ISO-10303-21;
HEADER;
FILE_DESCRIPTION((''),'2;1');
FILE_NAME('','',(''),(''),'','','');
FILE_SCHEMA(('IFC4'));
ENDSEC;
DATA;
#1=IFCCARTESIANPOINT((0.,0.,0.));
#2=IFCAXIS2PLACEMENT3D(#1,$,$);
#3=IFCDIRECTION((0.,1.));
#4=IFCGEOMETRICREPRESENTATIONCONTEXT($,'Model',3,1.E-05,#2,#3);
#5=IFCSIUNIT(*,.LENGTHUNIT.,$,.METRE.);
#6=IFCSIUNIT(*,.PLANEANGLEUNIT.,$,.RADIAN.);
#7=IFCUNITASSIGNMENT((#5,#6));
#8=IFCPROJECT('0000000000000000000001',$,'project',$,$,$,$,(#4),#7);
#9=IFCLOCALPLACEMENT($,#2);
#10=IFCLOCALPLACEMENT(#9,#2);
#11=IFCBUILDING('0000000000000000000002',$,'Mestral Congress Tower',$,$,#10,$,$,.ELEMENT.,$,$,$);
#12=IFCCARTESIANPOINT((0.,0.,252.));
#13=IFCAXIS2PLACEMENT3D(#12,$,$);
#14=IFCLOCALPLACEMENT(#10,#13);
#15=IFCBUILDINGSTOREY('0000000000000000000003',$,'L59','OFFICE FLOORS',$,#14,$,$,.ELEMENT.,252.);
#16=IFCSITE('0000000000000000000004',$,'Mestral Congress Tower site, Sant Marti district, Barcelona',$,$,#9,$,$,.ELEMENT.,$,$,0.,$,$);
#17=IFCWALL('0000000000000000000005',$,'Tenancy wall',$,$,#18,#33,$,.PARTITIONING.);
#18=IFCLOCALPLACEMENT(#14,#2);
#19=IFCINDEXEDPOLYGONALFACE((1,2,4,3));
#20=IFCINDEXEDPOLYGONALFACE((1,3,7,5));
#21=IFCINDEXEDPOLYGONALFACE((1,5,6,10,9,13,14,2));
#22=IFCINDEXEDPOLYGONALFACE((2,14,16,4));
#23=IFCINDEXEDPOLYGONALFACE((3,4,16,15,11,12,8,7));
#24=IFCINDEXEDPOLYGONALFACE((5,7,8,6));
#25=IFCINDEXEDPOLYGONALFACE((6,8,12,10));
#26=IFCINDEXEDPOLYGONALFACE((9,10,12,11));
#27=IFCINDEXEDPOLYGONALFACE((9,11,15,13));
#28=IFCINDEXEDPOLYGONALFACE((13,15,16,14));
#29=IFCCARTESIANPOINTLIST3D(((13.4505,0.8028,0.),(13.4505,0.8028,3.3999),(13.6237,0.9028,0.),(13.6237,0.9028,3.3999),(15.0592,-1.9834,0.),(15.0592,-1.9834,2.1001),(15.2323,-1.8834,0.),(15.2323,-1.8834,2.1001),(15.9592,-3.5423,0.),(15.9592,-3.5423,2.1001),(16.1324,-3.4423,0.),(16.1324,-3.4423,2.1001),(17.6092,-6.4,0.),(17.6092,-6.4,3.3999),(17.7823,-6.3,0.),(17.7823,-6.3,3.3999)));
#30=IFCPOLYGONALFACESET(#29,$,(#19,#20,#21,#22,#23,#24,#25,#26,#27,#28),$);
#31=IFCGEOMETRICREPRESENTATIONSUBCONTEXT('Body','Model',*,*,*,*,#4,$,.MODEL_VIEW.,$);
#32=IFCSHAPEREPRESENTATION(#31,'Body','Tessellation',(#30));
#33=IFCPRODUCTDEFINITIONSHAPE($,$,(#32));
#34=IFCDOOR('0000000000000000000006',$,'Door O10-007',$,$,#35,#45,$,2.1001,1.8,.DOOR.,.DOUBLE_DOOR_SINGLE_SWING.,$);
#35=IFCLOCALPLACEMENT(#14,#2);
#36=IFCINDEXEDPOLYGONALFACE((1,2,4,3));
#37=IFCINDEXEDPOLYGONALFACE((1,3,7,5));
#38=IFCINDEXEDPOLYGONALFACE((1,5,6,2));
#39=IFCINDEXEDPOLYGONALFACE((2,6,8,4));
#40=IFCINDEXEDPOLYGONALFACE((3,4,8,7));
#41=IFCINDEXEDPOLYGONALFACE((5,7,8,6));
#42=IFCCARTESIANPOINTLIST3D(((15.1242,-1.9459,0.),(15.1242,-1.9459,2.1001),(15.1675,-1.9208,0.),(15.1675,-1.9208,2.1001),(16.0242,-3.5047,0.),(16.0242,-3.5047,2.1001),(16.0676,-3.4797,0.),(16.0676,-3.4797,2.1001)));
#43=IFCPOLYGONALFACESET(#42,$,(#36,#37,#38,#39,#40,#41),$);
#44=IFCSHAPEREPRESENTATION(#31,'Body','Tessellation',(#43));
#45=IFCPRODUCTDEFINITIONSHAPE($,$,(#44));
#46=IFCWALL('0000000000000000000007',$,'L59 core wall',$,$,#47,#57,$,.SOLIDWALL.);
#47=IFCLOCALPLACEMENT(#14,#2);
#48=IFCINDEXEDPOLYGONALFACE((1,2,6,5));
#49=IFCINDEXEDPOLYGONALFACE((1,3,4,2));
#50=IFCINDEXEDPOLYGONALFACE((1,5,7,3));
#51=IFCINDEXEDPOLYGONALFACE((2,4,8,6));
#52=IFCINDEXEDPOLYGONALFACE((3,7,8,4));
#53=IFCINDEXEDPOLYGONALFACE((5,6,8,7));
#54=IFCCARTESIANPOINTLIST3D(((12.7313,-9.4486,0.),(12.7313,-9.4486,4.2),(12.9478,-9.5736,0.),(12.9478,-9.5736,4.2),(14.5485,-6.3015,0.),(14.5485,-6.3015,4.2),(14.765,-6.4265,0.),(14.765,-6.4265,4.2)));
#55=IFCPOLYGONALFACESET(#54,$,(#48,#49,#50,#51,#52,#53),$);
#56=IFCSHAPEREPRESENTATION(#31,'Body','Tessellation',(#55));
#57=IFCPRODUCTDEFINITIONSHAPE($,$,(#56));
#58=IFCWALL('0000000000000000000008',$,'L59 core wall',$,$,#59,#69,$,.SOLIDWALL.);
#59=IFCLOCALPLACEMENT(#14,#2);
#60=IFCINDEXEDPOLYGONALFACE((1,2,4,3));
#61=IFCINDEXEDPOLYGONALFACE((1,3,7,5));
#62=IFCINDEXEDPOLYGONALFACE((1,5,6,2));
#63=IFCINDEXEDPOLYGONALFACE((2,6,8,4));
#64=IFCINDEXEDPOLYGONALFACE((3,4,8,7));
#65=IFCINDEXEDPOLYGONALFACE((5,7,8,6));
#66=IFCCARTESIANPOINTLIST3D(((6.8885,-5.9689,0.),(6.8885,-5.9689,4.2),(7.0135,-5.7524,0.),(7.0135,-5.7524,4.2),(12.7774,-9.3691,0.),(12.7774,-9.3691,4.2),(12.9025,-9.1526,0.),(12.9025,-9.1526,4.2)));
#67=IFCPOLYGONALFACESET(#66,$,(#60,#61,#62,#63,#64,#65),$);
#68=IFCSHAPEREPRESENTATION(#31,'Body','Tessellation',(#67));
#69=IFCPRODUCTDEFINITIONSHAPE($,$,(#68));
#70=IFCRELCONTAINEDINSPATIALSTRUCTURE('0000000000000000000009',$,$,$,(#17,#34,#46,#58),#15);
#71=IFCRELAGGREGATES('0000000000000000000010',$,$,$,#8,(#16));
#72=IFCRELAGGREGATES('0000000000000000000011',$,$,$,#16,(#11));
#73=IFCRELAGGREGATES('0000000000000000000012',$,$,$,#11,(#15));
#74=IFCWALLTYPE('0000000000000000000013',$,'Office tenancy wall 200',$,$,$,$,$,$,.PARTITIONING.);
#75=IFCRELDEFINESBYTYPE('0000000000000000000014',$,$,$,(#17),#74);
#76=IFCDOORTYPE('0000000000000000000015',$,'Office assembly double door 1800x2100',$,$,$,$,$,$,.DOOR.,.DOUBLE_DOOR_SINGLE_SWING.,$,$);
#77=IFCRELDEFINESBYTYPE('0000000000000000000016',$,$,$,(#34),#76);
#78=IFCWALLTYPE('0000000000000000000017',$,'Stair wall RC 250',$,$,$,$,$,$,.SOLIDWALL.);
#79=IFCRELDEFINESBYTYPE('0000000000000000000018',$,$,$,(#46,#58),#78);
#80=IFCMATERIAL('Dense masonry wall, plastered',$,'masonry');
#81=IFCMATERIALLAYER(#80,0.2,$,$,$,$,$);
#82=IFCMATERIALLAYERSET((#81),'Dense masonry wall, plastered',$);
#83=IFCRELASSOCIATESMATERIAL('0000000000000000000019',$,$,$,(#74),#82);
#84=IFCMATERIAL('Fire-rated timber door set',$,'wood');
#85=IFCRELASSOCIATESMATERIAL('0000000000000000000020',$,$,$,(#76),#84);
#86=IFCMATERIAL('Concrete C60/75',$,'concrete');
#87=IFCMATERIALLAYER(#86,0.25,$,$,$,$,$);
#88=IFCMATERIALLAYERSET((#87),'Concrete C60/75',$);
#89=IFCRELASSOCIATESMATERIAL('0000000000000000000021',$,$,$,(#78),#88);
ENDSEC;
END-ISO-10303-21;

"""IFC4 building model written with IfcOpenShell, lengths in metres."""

from ifc_helpers import new_model, si_unit, direction, frame, frame_2d, origin, place, context, subcontext, project, spatial, rectangle, extrude, material, layer, layer_set, type_object, element, fill, save


model = new_model("IFC4")

# Units and contexts
model_context = context("Model", 3, precision=1e-05, world=origin(), true_north=direction((0.0, 1.0)))
body_context = subcontext(model_context, "Body", "Model", "MODEL_VIEW")
ifc_project = project(units=[si_unit("LENGTHUNIT", "METRE"), si_unit("PLANEANGLEUNIT", "RADIAN")], contexts=[model_context])

# Site, building, storey
site_placement = place(None, origin())
site = spatial("IfcSite", under=ifc_project, at=site_placement, Name="Mestral Congress Tower site, Sant Marti district, Barcelona", CompositionType="ELEMENT", RefElevation=0.0)
building_placement = place(site_placement, origin())
building = spatial("IfcBuilding", under=site, at=building_placement, Name="Mestral Congress Tower", CompositionType="ELEMENT")
storey_placement = place(building_placement, frame((0.0, 0.0, 252.0)))
storey = spatial("IfcBuildingStorey", under=building, at=storey_placement, Name="L59", Description="OFFICE FLOORS", CompositionType="ELEMENT", Elevation=252.0)

# Shared definitions
ifc_material_1 = material(Name="Concrete C60/75", Category="concrete")

# Shared definitions
ifc_material_2 = material(Name="Dense masonry wall, plastered", Category="masonry")
ifc_layer_1 = layer(ifc_material_2, 0.2)
ifc_layer_set_1 = layer_set([ifc_layer_1], Name="Dense masonry wall, plastered")
wall_type_1 = type_object("IfcWallType", Name="Office tenancy wall 200", PredefinedType="PARTITIONING", material=ifc_layer_set_1)

# Wall, opening, door
wall_1_placement = place(storey_placement, frame((17.6958, -6.3501, 0.0), z_axis=(0.0, 0.0, 1.0), x_axis=(-0.50001, 0.86602, 0.0)))
wall_1 = element("IfcWall", 1, at=wall_1_placement, inside=storey, type_object=wall_type_1, Name="Tenancy wall", PredefinedType="PARTITIONING", context=body_context, shape_type="SweptSolid", body=[
    extrude(rectangle(XDim=8.3171, YDim=0.2, at=frame_2d((4.1587, 0.0))), origin(), (0.0, 0.0, 1.0), 3.3999),
])
opening_1_placement = place(wall_1_placement, frame((3.3, 0.0, 0.0)))
opening_1 = element("IfcOpeningElement", 2, at=opening_1_placement, cuts=wall_1, PredefinedType="OPENING", context=body_context, shape_type="SweptSolid", body=[
    extrude(rectangle(XDim=1.8, YDim=2.1001, at=frame_2d((0.8999, 1.05))), frame((0.0, 0.1099, 0.0), z_axis=(0.0, -1.0, 0.0), x_axis=(1.0, 0.0, 0.0)), (0.0, 0.0, 1.0), 0.22),
])
ifc_material_3 = material(Name="Fire-rated timber door set", Category="wood")
door_type_1 = type_object("IfcDoorType", Name="Office assembly double door 1800x2100", OperationType="DOUBLE_DOOR_SINGLE_SWING", PredefinedType="DOOR", material=ifc_material_3)
door_1_placement = place(opening_1_placement, origin())
door_1 = element("IfcDoor", 3, at=door_1_placement, inside=storey, type_object=door_type_1, Name="Door O10-007", OperationType="DOUBLE_DOOR_SINGLE_SWING", OverallHeight=2.1001, OverallWidth=1.8, PredefinedType="DOOR", context=body_context, shape_type="SweptSolid", body=[
    extrude(rectangle(XDim=1.8, YDim=2.1001, at=frame_2d((0.8999, 1.05))), frame((0.0, 0.0249, 0.0), z_axis=(0.0, -1.0, 0.0), x_axis=(1.0, 0.0, 0.0)), (0.0, 0.0, 1.0), 0.05),
])
fill(opening_1, door_1)

# Walls
ifc_layer_2 = layer(ifc_material_1, 0.25)
ifc_layer_set_2 = layer_set([ifc_layer_2], Name="Concrete C60/75")
wall_type_2 = type_object("IfcWallType", Name="Stair wall RC 250", PredefinedType="SOLIDWALL", material=ifc_layer_set_2)
wall_2_placement = place(storey_placement, frame((12.8396, -9.511, 0.0), z_axis=(0.0, 0.0, 1.0), x_axis=(0.500048, 0.865998, 0.0)))
element("IfcWall", 4, at=wall_2_placement, inside=storey, type_object=wall_type_2, Name="L59 core wall", PredefinedType="SOLIDWALL", context=body_context, shape_type="SweptSolid", body=[
    extrude(rectangle(XDim=3.634, YDim=0.25, at=frame_2d((1.8169, 0.0))), origin(), (0.0, 0.0, 1.0), 4.2),
])
wall_3_placement = place(storey_placement, frame((12.8398, -9.2607, 0.0), z_axis=(0.0, 0.0, 1.0), x_axis=(-0.866014, 0.50002, 0.0)))
element("IfcWall", 5, at=wall_3_placement, inside=storey, type_object=wall_type_2, Name="L59 core wall", PredefinedType="SOLIDWALL", context=body_context, shape_type="SweptSolid", body=[
    extrude(rectangle(XDim=6.8, YDim=0.25, at=frame_2d((3.3999, 0.0))), origin(), (0.0, 0.0, 1.0), 4.2),
])

save(model, "model.ifc")
